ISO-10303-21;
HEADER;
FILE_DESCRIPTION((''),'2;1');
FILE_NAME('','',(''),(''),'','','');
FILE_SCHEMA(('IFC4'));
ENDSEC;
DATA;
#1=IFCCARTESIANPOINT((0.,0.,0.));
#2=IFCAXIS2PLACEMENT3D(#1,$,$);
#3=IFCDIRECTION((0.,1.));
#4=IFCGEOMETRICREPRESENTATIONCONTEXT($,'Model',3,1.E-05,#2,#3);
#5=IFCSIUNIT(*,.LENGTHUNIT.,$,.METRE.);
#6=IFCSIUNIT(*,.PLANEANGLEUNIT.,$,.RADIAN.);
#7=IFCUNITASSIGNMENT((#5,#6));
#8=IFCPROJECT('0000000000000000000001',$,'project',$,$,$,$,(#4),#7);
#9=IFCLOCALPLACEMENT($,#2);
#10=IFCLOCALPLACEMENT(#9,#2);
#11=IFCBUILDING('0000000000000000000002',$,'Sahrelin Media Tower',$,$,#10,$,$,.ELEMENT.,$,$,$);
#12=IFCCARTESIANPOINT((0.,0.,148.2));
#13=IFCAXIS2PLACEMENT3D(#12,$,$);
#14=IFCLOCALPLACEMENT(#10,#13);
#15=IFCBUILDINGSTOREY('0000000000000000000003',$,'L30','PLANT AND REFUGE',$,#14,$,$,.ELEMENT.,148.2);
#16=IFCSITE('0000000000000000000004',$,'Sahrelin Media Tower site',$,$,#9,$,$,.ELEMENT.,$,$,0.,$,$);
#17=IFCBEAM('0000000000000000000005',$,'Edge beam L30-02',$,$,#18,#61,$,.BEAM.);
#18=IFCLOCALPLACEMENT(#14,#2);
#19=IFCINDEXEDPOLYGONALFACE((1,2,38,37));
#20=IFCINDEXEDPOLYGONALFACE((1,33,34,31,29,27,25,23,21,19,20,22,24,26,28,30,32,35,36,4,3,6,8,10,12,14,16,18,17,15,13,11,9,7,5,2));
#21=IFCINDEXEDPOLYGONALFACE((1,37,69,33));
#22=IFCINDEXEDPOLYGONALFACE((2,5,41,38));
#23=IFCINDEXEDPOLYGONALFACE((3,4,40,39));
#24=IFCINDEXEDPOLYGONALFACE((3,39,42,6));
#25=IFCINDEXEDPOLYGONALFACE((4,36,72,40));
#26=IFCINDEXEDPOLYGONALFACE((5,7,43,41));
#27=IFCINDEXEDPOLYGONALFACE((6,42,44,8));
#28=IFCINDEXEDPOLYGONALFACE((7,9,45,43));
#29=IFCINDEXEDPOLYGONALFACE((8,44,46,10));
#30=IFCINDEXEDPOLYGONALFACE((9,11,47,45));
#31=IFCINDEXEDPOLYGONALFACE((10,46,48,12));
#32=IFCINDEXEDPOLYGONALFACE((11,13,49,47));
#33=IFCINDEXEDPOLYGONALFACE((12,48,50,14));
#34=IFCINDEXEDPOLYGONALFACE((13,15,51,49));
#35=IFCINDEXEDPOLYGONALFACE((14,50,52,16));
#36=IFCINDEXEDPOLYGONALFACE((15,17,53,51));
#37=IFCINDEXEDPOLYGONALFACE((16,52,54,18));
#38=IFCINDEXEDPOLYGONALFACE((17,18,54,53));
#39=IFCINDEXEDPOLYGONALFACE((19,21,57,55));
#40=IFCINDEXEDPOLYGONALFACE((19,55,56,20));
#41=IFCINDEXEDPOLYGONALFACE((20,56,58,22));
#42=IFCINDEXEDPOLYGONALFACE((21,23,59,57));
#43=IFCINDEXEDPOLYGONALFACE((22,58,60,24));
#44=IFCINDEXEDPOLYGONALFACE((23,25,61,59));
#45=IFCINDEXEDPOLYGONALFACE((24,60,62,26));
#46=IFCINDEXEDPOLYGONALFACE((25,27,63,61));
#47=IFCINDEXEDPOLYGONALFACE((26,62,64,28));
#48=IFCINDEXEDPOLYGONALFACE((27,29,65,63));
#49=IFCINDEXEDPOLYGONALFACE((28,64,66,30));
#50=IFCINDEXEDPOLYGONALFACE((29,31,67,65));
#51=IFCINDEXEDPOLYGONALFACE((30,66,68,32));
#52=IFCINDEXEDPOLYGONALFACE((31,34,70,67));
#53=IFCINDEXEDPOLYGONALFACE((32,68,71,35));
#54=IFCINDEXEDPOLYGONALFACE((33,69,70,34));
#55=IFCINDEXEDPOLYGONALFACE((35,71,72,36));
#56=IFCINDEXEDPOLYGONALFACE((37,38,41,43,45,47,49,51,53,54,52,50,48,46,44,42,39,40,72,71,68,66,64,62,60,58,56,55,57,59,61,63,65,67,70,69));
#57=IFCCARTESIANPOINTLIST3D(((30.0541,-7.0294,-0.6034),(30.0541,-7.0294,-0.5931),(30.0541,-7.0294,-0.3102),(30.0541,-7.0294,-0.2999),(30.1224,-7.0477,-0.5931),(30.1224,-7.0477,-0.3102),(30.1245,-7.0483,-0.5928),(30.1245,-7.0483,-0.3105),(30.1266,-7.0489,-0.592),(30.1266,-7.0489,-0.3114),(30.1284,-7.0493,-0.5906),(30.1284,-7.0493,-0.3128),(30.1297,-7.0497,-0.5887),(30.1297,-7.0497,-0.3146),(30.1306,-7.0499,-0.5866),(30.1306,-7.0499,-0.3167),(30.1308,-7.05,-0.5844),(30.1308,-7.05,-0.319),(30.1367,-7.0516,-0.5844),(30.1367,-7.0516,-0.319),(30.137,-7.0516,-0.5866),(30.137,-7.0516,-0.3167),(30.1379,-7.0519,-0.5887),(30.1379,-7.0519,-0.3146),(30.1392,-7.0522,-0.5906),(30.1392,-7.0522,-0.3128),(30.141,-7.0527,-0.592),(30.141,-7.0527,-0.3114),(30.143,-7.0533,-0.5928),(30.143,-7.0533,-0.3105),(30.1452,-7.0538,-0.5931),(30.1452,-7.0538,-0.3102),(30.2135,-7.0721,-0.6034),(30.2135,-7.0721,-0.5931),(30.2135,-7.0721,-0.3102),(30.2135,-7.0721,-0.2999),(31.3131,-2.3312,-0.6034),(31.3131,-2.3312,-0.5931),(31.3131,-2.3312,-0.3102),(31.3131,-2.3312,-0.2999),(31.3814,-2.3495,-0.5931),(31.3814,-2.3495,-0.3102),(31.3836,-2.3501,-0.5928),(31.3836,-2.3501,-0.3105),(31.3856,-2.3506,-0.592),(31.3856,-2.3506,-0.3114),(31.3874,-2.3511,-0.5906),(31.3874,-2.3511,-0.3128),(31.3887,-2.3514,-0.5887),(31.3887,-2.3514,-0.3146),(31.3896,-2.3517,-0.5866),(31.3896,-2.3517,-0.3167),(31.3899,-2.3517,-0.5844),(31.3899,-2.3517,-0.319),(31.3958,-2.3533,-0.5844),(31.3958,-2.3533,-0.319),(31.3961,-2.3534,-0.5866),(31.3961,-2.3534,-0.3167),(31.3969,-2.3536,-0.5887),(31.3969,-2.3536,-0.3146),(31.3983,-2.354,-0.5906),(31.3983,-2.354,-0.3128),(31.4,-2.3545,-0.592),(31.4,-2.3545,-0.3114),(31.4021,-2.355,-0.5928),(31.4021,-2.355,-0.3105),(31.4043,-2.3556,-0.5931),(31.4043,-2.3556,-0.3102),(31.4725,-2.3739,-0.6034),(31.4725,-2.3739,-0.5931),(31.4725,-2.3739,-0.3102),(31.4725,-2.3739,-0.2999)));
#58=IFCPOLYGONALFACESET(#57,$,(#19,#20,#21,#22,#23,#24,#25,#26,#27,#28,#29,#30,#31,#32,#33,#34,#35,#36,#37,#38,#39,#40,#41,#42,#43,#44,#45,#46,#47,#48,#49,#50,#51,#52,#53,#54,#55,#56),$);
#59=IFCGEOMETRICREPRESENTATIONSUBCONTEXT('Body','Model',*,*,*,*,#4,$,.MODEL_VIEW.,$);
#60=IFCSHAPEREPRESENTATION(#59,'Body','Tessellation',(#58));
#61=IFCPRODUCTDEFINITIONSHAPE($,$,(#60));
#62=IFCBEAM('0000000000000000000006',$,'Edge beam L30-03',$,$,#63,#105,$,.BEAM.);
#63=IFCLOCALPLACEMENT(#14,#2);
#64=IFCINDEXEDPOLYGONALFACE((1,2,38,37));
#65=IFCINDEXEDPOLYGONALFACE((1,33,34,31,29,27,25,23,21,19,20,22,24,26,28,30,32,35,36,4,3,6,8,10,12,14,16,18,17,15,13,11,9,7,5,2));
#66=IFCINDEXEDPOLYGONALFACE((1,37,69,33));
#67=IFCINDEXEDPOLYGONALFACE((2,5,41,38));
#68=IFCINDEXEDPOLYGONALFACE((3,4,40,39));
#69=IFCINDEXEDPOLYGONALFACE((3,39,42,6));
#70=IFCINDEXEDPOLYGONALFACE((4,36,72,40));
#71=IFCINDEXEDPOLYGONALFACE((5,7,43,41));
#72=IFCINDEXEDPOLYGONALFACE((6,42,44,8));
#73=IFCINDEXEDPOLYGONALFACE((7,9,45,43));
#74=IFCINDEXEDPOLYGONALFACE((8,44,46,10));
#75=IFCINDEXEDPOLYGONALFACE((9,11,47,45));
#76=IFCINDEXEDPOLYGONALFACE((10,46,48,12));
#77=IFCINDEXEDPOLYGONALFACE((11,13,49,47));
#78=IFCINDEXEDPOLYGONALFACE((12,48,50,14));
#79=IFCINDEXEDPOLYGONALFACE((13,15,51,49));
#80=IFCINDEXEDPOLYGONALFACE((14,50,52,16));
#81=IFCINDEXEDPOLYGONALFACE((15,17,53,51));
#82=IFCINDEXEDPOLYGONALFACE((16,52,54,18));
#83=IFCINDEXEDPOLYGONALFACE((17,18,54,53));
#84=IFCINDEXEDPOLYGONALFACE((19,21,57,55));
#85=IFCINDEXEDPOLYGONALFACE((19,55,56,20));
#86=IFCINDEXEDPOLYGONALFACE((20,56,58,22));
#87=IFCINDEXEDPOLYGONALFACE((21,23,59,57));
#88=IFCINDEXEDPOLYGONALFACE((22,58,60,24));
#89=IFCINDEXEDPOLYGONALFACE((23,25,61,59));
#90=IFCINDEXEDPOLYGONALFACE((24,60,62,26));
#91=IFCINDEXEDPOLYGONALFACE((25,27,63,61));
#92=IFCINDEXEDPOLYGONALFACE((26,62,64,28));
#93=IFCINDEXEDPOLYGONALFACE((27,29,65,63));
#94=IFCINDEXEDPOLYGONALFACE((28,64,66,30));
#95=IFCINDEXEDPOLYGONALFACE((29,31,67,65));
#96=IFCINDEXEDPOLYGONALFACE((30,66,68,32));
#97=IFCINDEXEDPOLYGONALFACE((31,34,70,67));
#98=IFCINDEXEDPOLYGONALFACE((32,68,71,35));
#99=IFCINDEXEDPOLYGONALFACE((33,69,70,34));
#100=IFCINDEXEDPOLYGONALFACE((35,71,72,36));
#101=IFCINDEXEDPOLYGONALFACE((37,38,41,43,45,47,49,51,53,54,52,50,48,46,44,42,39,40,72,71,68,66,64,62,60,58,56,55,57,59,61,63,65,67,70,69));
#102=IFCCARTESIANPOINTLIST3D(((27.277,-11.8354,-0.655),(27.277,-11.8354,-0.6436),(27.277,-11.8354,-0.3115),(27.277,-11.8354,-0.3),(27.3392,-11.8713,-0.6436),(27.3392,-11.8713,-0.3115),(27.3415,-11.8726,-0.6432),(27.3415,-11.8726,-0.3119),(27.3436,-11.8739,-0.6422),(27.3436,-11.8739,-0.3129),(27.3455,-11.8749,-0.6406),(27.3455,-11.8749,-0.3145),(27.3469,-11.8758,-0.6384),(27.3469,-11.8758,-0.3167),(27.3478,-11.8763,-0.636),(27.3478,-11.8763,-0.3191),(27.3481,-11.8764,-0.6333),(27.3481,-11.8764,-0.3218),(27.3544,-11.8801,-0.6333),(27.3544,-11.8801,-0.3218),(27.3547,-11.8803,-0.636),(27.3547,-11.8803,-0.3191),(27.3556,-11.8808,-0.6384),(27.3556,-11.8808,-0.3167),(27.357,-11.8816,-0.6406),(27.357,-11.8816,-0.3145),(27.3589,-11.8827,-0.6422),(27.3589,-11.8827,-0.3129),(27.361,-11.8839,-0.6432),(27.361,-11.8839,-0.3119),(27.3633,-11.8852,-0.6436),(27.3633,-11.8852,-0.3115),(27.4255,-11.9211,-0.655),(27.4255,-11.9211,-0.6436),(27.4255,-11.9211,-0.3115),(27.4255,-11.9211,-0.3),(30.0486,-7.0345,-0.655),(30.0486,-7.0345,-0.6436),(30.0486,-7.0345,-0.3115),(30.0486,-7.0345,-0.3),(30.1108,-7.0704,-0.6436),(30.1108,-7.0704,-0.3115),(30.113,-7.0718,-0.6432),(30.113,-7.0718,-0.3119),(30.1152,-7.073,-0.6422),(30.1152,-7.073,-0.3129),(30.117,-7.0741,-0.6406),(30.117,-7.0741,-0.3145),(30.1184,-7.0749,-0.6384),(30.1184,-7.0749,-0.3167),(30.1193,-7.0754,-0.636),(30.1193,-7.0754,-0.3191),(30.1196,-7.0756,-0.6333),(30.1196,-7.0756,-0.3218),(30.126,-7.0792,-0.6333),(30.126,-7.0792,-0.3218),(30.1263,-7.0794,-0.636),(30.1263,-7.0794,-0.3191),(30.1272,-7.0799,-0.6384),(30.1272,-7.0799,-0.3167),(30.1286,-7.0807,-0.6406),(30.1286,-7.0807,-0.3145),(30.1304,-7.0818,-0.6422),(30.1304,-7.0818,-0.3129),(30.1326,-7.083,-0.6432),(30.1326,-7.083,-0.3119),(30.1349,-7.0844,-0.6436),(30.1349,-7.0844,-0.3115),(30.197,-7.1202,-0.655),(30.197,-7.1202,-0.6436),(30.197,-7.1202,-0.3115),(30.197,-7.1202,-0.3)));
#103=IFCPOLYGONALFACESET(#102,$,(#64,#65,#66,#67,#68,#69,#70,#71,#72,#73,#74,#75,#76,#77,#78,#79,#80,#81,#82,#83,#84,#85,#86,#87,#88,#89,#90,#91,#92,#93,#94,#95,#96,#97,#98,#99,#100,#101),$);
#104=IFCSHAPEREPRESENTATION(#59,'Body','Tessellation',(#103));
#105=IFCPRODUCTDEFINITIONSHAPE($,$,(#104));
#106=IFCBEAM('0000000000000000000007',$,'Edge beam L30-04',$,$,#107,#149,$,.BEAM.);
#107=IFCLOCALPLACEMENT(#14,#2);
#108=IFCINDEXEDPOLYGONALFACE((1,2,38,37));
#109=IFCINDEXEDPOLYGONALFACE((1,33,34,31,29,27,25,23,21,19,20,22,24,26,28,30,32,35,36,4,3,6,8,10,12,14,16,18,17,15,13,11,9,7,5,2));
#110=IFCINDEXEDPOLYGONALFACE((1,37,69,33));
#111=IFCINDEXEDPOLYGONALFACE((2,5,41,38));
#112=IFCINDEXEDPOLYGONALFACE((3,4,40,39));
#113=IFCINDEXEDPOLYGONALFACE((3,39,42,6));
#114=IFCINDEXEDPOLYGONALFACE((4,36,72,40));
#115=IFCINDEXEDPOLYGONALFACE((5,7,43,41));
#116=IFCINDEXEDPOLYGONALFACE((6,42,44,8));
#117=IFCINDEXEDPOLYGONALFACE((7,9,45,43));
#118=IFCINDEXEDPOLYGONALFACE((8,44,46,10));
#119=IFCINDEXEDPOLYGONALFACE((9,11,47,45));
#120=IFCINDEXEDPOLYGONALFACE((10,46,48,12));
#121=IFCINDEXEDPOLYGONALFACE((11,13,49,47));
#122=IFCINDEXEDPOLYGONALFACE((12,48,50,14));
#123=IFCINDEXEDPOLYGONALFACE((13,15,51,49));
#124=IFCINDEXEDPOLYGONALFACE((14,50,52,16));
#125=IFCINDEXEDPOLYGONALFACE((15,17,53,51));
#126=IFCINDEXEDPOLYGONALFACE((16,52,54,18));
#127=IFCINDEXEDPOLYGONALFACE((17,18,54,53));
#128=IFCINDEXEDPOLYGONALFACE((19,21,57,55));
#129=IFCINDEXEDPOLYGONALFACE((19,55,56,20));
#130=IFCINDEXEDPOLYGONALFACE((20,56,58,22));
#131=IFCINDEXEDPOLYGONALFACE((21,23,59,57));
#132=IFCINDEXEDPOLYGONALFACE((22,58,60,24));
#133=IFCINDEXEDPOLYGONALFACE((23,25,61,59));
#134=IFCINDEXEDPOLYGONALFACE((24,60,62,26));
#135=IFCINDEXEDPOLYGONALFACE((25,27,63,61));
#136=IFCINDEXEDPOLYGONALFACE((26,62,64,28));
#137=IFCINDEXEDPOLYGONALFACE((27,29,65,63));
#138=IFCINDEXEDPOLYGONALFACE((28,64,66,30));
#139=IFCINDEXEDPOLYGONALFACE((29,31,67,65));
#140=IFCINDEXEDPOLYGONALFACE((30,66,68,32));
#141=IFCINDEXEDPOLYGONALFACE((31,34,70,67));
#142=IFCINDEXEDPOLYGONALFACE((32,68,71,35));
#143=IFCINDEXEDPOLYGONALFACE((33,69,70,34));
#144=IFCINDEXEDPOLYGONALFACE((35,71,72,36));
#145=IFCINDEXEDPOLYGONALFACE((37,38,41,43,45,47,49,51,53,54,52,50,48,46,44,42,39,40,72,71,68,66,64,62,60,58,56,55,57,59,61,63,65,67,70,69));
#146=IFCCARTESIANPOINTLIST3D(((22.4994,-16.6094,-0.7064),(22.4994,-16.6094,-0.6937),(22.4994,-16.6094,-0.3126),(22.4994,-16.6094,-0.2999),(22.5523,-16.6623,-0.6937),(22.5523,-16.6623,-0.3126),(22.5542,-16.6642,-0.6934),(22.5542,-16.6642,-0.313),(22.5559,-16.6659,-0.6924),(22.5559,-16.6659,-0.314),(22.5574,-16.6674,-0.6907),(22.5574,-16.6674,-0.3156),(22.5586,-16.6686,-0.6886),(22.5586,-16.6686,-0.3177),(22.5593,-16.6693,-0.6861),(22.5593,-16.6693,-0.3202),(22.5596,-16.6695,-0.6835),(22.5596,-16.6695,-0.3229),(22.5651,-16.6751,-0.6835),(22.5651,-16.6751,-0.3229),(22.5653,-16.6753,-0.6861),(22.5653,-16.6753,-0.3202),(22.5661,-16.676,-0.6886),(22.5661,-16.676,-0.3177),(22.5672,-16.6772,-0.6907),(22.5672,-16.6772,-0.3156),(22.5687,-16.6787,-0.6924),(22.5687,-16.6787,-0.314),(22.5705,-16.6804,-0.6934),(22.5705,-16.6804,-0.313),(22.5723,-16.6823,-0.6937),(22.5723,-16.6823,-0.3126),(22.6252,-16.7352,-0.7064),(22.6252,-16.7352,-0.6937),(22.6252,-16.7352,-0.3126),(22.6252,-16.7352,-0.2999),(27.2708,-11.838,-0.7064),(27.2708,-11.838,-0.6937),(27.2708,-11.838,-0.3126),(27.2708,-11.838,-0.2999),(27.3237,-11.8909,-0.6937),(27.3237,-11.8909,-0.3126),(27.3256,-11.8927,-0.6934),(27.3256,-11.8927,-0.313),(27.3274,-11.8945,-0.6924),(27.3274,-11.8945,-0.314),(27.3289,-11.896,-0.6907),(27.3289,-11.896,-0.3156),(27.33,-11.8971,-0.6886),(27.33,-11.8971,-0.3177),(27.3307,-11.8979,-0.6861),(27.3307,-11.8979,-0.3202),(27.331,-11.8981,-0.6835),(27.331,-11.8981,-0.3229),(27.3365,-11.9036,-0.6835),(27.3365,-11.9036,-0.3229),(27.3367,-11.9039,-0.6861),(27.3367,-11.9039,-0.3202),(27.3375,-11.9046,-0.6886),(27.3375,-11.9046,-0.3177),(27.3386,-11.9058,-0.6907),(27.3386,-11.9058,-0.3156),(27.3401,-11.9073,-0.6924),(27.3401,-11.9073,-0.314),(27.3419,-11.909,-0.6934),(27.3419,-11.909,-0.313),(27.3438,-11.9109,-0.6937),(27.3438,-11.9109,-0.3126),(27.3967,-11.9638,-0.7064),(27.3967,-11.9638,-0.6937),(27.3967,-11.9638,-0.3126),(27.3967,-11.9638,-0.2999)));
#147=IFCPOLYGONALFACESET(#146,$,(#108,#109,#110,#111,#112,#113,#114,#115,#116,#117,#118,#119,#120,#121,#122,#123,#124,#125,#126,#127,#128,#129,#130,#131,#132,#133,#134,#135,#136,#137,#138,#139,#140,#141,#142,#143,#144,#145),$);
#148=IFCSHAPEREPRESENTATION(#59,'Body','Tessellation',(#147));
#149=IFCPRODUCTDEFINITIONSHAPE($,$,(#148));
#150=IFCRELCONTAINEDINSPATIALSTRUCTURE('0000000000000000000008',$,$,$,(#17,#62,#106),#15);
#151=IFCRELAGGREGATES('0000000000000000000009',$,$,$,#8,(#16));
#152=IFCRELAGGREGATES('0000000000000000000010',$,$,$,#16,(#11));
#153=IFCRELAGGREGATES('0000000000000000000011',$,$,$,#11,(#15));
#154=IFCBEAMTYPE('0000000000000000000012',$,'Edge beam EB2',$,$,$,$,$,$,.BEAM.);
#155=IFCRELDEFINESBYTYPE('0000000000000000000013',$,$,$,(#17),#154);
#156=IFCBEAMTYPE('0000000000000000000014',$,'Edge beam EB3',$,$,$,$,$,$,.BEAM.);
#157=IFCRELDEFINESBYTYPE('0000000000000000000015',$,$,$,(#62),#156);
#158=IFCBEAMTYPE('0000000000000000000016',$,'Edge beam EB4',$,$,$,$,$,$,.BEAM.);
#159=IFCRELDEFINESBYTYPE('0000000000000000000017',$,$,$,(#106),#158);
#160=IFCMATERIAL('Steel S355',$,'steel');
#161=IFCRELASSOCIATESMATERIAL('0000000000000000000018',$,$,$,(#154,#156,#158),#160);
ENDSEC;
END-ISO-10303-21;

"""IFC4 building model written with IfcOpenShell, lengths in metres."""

from ifc_helpers import new_model, si_unit, direction, frame, origin, origin_2d, place, context, subcontext, project, spatial, i_section, extrude, material, material_profile, profile_set, type_object, element, save


model = new_model("IFC4")

# Units and contexts
model_context = context("Model", 3, precision=1e-05, world=origin(), true_north=direction((0.0, 1.0)))
body_context = subcontext(model_context, "Body", "Model", "MODEL_VIEW")
ifc_project = project(units=[si_unit("LENGTHUNIT", "METRE"), si_unit("PLANEANGLEUNIT", "RADIAN")], contexts=[model_context])

# Site, building, storey
site_placement = place(None, origin())
site = spatial("IfcSite", under=ifc_project, at=site_placement, Name="Sahrelin Media Tower site", CompositionType="ELEMENT", RefElevation=0.0)
building_placement = place(site_placement, origin())
building = spatial("IfcBuilding", under=site, at=building_placement, Name="Sahrelin Media Tower", CompositionType="ELEMENT")
storey_placement = place(building_placement, frame((0.0, 0.0, 148.2)))
storey = spatial("IfcBuildingStorey", under=building, at=storey_placement, Name="L30", Description="PLANT AND REFUGE", CompositionType="ELEMENT", Elevation=148.2)

# Beams
ifc_material_1 = material(Name="Steel S355", Category="steel")
ifc_material_profile_1 = material_profile(ifc_material_1, i_section(OverallWidth=0.165, OverallDepth=0.3035, WebThickness=0.0061, FlangeThickness=0.0103, FilletRadius=0.0088, at=origin_2d()), Name="UB 305x165x40")
ifc_profile_set_1 = profile_set([ifc_material_profile_1], Name="Steel S355")
beam_type_1 = type_object("IfcBeamType", Name="Edge beam EB2", PredefinedType="BEAM", material=ifc_profile_set_1)
beam_1_placement = place(storey_placement, frame((31.3928, -2.3525, -0.4517), z_axis=(-0.258846, -0.965918, 0.0), x_axis=(0.965918, -0.258846, 0.0)))
element("IfcBeam", 1, at=beam_1_placement, inside=storey, type_object=beam_type_1, Name="Edge beam L30-02", PredefinedType="BEAM", context=body_context, shape_type="SweptSolid", body=[
    extrude(i_section(OverallWidth=0.165, OverallDepth=0.3035, WebThickness=0.0061, FlangeThickness=0.0103, FilletRadius=0.0088, at=origin_2d()), origin(), (0.0, 0.0, 1.0), 4.864),
])
ifc_material_profile_2 = material_profile(ifc_material_1, i_section(OverallWidth=0.1714, OverallDepth=0.355, WebThickness=0.0073, FlangeThickness=0.0115, FilletRadius=0.0103, at=origin_2d()), Name="UB 356x171x51")
ifc_profile_set_2 = profile_set([ifc_material_profile_2], Name="Steel S355")
beam_type_2 = type_object("IfcBeamType", Name="Edge beam EB3", PredefinedType="BEAM", material=ifc_profile_set_2)
beam_2_placement = place(storey_placement, frame((30.1228, -7.0774, -0.4775), z_axis=(-0.499966, -0.866045, 0.0), x_axis=(0.866045, -0.499966, 0.0)))
element("IfcBeam", 2, at=beam_2_placement, inside=storey, type_object=beam_type_2, Name="Edge beam L30-03", PredefinedType="BEAM", context=body_context, shape_type="SweptSolid", body=[
    extrude(i_section(OverallWidth=0.1714, OverallDepth=0.355, WebThickness=0.0073, FlangeThickness=0.0115, FilletRadius=0.0103, at=origin_2d()), origin(), (0.0, 0.0, 1.0), 5.5435),
])
ifc_material_profile_3 = material_profile(ifc_material_1, i_section(OverallWidth=0.178, OverallDepth=0.4065, WebThickness=0.0078, FlangeThickness=0.0127, FilletRadius=0.0103, at=origin_2d()), Name="UB 406x178x60")
ifc_profile_set_3 = profile_set([ifc_material_profile_3], Name="Steel S355")
beam_type_3 = type_object("IfcBeamType", Name="Edge beam EB4", PredefinedType="BEAM", material=ifc_profile_set_3)
beam_3_placement = place(storey_placement, frame((27.3337, -11.9009, -0.5032), z_axis=(-0.707107, -0.707107, 0.0), x_axis=(0.707107, -0.707107, 0.0)))
element("IfcBeam", 3, at=beam_3_placement, inside=storey, type_object=beam_type_3, Name="Edge beam L30-04", PredefinedType="BEAM", context=body_context, shape_type="SweptSolid", body=[
    extrude(i_section(OverallWidth=0.178, OverallDepth=0.4065, WebThickness=0.0078, FlangeThickness=0.0127, FilletRadius=0.0103, at=origin_2d()), origin(), (0.0, 0.0, 1.0), 6.7478),
])

save(model, "model.ifc")
